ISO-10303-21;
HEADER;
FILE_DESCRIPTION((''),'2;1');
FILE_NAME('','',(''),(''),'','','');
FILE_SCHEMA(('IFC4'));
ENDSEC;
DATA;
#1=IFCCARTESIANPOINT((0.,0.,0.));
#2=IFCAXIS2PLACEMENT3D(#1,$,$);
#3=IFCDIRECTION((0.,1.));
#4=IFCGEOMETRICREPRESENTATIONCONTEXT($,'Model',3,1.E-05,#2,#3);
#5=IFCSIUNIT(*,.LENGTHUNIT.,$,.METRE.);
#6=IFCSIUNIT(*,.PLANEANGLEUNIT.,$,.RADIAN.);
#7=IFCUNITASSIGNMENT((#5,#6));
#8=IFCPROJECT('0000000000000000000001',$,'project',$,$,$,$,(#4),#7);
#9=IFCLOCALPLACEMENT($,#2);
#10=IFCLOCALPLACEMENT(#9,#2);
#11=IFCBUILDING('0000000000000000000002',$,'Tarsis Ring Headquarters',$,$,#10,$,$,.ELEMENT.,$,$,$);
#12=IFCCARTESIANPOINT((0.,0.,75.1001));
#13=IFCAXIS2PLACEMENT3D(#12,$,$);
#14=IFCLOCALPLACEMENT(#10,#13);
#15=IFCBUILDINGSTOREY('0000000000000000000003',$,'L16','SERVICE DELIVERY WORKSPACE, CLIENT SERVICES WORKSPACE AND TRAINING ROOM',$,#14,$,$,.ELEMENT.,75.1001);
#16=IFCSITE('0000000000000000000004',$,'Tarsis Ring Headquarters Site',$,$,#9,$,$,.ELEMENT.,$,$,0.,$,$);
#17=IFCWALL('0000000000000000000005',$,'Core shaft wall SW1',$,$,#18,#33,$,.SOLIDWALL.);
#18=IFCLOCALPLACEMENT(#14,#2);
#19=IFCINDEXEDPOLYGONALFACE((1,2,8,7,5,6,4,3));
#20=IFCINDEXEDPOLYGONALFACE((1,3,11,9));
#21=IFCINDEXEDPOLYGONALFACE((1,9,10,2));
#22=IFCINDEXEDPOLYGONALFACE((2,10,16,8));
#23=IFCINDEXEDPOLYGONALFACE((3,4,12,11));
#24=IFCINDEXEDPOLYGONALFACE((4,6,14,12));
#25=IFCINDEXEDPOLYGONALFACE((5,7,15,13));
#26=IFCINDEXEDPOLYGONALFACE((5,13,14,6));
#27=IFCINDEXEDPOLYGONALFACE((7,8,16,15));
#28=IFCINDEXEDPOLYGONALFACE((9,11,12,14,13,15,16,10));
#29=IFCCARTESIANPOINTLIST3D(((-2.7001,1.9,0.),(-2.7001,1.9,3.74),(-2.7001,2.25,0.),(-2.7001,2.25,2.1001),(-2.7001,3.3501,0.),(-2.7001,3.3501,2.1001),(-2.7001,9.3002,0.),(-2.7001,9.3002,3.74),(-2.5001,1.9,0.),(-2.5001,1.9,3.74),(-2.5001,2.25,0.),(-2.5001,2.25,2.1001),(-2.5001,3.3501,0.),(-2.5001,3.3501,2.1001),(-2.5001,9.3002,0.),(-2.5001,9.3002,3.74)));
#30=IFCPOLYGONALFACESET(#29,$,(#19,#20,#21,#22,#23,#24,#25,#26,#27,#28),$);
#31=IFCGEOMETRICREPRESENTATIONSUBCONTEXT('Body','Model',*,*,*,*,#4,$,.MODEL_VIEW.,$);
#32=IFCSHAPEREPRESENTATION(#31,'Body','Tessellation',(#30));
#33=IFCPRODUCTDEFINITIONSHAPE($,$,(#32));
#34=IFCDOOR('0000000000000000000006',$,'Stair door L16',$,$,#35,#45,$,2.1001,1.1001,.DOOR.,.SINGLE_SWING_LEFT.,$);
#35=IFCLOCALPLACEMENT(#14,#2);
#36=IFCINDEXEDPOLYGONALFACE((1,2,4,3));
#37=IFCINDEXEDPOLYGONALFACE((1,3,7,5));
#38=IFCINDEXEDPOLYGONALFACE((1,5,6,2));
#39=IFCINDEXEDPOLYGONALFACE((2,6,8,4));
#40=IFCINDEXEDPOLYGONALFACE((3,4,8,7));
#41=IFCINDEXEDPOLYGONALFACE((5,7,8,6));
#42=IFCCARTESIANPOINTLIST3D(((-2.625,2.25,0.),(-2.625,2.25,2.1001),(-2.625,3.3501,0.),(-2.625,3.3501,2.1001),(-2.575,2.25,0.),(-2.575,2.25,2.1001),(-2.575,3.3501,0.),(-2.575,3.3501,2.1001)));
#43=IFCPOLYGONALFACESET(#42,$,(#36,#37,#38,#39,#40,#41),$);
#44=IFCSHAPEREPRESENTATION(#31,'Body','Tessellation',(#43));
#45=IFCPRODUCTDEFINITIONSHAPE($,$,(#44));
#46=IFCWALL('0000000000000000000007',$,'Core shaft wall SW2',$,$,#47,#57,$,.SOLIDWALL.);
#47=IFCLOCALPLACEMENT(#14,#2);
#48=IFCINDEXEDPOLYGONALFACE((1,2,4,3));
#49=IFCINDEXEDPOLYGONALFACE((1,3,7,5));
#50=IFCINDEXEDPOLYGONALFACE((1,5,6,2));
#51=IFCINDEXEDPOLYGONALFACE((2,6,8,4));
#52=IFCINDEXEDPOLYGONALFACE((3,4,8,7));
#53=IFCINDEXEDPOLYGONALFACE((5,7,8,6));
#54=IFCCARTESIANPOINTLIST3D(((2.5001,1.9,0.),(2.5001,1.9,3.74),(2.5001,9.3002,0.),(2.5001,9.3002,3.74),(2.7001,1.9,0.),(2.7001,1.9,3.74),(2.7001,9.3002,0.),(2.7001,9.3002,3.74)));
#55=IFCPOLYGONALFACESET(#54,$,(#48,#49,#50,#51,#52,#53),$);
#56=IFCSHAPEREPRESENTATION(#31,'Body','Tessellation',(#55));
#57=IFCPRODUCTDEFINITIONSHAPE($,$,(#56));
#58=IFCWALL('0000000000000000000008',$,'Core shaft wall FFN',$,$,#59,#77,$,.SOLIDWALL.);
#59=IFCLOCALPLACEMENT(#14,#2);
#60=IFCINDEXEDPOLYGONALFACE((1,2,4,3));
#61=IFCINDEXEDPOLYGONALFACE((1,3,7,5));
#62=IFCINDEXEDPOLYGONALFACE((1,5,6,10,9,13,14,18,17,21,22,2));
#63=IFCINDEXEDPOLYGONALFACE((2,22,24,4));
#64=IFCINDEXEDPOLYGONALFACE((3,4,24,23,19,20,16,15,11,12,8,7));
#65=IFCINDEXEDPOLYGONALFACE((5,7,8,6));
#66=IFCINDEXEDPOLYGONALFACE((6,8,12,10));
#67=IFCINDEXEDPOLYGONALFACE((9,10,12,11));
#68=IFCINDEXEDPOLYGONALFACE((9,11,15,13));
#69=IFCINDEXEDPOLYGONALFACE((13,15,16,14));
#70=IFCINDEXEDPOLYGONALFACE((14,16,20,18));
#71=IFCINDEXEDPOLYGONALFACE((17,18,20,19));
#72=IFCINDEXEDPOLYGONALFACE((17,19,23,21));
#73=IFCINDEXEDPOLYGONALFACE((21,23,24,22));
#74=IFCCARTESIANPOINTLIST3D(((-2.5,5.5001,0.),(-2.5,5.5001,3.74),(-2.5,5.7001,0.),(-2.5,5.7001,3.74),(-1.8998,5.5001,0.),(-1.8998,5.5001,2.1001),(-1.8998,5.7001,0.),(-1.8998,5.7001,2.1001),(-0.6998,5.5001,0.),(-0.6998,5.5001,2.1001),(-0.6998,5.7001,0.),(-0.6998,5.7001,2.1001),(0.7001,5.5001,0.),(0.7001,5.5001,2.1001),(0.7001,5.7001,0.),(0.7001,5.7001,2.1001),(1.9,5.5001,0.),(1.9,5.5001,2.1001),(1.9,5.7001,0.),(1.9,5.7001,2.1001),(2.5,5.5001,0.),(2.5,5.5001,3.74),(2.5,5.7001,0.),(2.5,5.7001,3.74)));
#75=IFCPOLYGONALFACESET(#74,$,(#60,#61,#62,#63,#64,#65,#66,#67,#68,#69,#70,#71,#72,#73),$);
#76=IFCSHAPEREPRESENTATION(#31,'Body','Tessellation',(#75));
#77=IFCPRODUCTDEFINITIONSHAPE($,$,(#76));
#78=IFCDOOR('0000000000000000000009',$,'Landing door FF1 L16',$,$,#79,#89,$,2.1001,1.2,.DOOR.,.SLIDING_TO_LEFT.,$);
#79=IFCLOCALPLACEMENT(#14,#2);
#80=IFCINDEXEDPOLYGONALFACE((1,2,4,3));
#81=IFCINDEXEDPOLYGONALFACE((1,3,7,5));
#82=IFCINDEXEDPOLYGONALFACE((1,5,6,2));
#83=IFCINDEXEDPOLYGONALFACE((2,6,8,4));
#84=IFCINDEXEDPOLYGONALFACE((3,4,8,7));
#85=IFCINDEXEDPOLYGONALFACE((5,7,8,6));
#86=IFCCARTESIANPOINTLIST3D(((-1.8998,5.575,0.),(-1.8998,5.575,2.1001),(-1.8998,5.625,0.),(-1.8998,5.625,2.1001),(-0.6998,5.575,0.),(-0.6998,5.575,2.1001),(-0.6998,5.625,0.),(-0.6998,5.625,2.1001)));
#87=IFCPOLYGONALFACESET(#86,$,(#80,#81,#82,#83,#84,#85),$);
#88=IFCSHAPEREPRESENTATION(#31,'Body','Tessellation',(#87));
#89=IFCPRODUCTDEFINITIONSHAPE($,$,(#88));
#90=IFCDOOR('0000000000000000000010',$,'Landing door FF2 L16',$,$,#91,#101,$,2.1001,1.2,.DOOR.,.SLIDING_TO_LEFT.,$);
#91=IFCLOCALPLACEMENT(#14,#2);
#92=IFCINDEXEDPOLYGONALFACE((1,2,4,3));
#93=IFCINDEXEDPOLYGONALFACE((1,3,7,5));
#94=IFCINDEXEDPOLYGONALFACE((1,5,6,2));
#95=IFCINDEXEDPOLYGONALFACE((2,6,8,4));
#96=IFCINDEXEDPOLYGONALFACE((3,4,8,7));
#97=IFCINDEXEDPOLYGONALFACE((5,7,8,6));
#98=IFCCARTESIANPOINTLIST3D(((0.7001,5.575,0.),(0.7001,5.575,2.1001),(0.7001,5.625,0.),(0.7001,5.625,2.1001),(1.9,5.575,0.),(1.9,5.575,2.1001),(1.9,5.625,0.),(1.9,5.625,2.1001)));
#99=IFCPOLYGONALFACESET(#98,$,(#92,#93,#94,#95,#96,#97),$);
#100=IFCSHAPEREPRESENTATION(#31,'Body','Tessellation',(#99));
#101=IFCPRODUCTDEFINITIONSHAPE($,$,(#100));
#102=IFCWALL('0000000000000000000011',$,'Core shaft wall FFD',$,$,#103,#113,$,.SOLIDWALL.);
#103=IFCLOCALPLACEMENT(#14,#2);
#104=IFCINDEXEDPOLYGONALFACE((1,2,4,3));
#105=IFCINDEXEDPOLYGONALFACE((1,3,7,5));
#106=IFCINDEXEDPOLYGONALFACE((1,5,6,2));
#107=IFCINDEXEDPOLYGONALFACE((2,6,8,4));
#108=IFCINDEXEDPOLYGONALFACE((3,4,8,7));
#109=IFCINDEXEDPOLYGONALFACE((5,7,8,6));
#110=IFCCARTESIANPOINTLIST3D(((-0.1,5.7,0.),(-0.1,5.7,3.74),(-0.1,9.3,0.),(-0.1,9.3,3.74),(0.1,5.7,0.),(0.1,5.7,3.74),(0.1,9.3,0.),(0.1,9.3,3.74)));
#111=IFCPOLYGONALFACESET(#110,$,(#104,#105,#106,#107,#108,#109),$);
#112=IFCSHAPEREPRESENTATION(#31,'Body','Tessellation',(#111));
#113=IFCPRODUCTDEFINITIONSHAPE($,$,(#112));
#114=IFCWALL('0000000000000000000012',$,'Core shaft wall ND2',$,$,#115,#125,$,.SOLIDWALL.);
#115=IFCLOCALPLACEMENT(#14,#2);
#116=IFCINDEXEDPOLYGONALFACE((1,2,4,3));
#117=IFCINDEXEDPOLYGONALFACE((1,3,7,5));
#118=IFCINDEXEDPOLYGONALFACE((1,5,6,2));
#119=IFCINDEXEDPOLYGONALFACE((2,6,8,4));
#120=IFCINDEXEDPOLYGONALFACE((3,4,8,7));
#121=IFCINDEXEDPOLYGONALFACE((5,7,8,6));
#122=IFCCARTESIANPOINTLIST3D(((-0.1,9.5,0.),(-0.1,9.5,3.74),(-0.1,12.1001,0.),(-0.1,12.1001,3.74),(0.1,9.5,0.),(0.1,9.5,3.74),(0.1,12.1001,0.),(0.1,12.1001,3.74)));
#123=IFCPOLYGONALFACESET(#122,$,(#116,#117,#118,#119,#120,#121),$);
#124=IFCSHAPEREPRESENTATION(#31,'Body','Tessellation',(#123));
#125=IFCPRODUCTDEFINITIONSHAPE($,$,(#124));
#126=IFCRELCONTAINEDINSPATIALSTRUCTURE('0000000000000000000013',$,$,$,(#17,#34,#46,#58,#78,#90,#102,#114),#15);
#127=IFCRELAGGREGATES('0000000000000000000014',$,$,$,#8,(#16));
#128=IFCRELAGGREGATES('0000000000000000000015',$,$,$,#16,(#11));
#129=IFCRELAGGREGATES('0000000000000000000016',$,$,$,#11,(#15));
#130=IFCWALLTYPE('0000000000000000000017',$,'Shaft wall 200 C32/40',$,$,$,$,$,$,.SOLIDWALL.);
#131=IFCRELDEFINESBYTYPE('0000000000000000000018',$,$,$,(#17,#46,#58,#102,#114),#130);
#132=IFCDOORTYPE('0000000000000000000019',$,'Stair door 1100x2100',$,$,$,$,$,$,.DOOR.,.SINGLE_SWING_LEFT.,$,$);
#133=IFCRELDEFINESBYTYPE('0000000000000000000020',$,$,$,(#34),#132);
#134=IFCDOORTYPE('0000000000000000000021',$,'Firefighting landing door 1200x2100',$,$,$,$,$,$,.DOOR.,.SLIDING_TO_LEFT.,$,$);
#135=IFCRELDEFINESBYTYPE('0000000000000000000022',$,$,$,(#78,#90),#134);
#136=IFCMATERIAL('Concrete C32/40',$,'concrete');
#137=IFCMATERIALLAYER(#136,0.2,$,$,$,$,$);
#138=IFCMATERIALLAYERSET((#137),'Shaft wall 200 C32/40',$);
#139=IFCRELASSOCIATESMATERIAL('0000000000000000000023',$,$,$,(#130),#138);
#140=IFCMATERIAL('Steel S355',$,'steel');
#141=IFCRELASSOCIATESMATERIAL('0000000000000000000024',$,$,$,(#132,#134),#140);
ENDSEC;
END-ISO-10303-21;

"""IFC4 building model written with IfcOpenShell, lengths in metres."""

from ifc_helpers import new_model, si_unit, direction, frame, frame_2d, origin, place, context, subcontext, project, spatial, rectangle, extrude, material, layer, layer_set, type_object, element, fill, save


model = new_model("IFC4")

# Units and contexts
model_context = context("Model", 3, precision=1e-05, world=origin(), true_north=direction((0.0, 1.0)))
body_context = subcontext(model_context, "Body", "Model", "MODEL_VIEW")
ifc_project = project(units=[si_unit("LENGTHUNIT", "METRE"), si_unit("PLANEANGLEUNIT", "RADIAN")], contexts=[model_context])

# Site, building, storey
site_placement = place(None, origin())
site = spatial("IfcSite", under=ifc_project, at=site_placement, Name="Tarsis Ring Headquarters Site", CompositionType="ELEMENT", RefElevation=0.0)
building_placement = place(site_placement, origin())
building = spatial("IfcBuilding", under=site, at=building_placement, Name="Tarsis Ring Headquarters", CompositionType="ELEMENT")
storey_placement = place(building_placement, frame((0.0, 0.0, 75.1001)))
storey = spatial("IfcBuildingStorey", under=building, at=storey_placement, Name="L16", Description="SERVICE DELIVERY WORKSPACE, CLIENT SERVICES WORKSPACE AND TRAINING ROOM", CompositionType="ELEMENT", Elevation=75.1001)

# Shared definitions
ifc_material_1 = material(Name="Concrete C32/40", Category="concrete")
ifc_layer_1 = layer(ifc_material_1, 0.2)
ifc_layer_set_1 = layer_set([ifc_layer_1], Name="Shaft wall 200 C32/40")
wall_type_1 = type_object("IfcWallType", Name="Shaft wall 200 C32/40", PredefinedType="SOLIDWALL", material=ifc_layer_set_1)

# Wall, opening, door
wall_1_placement = place(storey_placement, frame((-2.6001, 1.8999, 0.0), z_axis=(0.0, 0.0, 1.0), x_axis=(0.0, 1.0, 0.0)))
wall_1 = element("IfcWall", 1, at=wall_1_placement, inside=storey, type_object=wall_type_1, Name="Core shaft wall SW1", PredefinedType="SOLIDWALL", context=body_context, shape_type="SweptSolid", body=[
    extrude(rectangle(XDim=7.4001, YDim=0.2, at=frame_2d((3.7002, 0.0))), origin(), (0.0, 0.0, 1.0), 3.74),
])
opening_1_placement = place(wall_1_placement, frame((0.3501, 0.0, 0.0)))
opening_1 = element("IfcOpeningElement", 2, at=opening_1_placement, cuts=wall_1, PredefinedType="OPENING", context=body_context, shape_type="SweptSolid", body=[
    extrude(rectangle(XDim=1.1001, YDim=2.1001, at=frame_2d((0.55, 1.05))), frame((0.0, 0.1099, 0.0), z_axis=(0.0, -1.0, 0.0), x_axis=(1.0, 0.0, 0.0)), (0.0, 0.0, 1.0), 0.22),
])
ifc_material_2 = material(Name="Steel S355", Category="steel")
door_type_1 = type_object("IfcDoorType", Name="Stair door 1100x2100", OperationType="SINGLE_SWING_LEFT", PredefinedType="DOOR", material=ifc_material_2)
door_1_placement = place(opening_1_placement, origin())
door_1 = element("IfcDoor", 3, at=door_1_placement, inside=storey, type_object=door_type_1, Name="Stair door L16", OperationType="SINGLE_SWING_LEFT", OverallHeight=2.1001, OverallWidth=1.1001, PredefinedType="DOOR", context=body_context, shape_type="SweptSolid", body=[
    extrude(rectangle(XDim=1.1001, YDim=2.1001, at=frame_2d((0.55, 1.05))), frame((0.0, 0.0249, 0.0), z_axis=(0.0, -1.0, 0.0), x_axis=(1.0, 0.0, 0.0)), (0.0, 0.0, 1.0), 0.05),
])
fill(opening_1, door_1)

# Wall
wall_2_placement = place(storey_placement, frame((2.6001, 1.8999, 0.0), z_axis=(0.0, 0.0, 1.0), x_axis=(0.0, 1.0, 0.0)))
element("IfcWall", 4, at=wall_2_placement, inside=storey, type_object=wall_type_1, Name="Core shaft wall SW2", PredefinedType="SOLIDWALL", context=body_context, shape_type="SweptSolid", body=[
    extrude(rectangle(XDim=7.4001, YDim=0.2, at=frame_2d((3.7002, 0.0))), origin(), (0.0, 0.0, 1.0), 3.74),
])

# Wall, openings, doors
wall_3_placement = place(storey_placement, frame((-2.5, 5.6001, 0.0), z_axis=(0.0, 0.0, 1.0), x_axis=(1.0, 0.0, 0.0)))
wall_3 = element("IfcWall", 5, at=wall_3_placement, inside=storey, type_object=wall_type_1, Name="Core shaft wall FFN", PredefinedType="SOLIDWALL", context=body_context, shape_type="SweptSolid", body=[
    extrude(rectangle(XDim=5.0, YDim=0.2, at=frame_2d((2.5, 0.0))), origin(), (0.0, 0.0, 1.0), 3.74),
])
opening_2_placement = place(wall_3_placement, frame((0.6001, 0.0, 0.0)))
opening_2 = element("IfcOpeningElement", 6, at=opening_2_placement, cuts=wall_3, PredefinedType="OPENING", context=body_context, shape_type="SweptSolid", body=[
    extrude(rectangle(XDim=1.2, YDim=2.1001, at=frame_2d((0.6001, 1.05))), frame((0.0, 0.1099, 0.0), z_axis=(0.0, -1.0, 0.0), x_axis=(1.0, 0.0, 0.0)), (0.0, 0.0, 1.0), 0.22),
])
opening_3_placement = place(wall_3_placement, frame((3.2, 0.0, 0.0)))
opening_3 = element("IfcOpeningElement", 7, at=opening_3_placement, cuts=wall_3, PredefinedType="OPENING", context=body_context, shape_type="SweptSolid", body=[
    extrude(rectangle(XDim=1.2, YDim=2.1001, at=frame_2d((0.6001, 1.05))), frame((0.0, 0.1099, 0.0), z_axis=(0.0, -1.0, 0.0), x_axis=(1.0, 0.0, 0.0)), (0.0, 0.0, 1.0), 0.22),
])
door_type_2 = type_object("IfcDoorType", Name="Firefighting landing door 1200x2100", OperationType="SLIDING_TO_LEFT", PredefinedType="DOOR", material=ifc_material_2)
door_2_placement = place(opening_2_placement, origin())
door_2 = element("IfcDoor", 8, at=door_2_placement, inside=storey, type_object=door_type_2, Name="Landing door FF1 L16", OperationType="SLIDING_TO_LEFT", OverallHeight=2.1001, OverallWidth=1.2, PredefinedType="DOOR", context=body_context, shape_type="SweptSolid", body=[
    extrude(rectangle(XDim=1.2, YDim=2.1001, at=frame_2d((0.6001, 1.05))), frame((0.0, 0.0249, 0.0), z_axis=(0.0, -1.0, 0.0), x_axis=(1.0, 0.0, 0.0)), (0.0, 0.0, 1.0), 0.05),
])
fill(opening_2, door_2)
door_3_placement = place(opening_3_placement, origin())
door_3 = element("IfcDoor", 9, at=door_3_placement, inside=storey, type_object=door_type_2, Name="Landing door FF2 L16", OperationType="SLIDING_TO_LEFT", OverallHeight=2.1001, OverallWidth=1.2, PredefinedType="DOOR", context=body_context, shape_type="SweptSolid", body=[
    extrude(rectangle(XDim=1.2, YDim=2.1001, at=frame_2d((0.6001, 1.05))), frame((0.0, 0.0249, 0.0), z_axis=(0.0, -1.0, 0.0), x_axis=(1.0, 0.0, 0.0)), (0.0, 0.0, 1.0), 0.05),
])
fill(opening_3, door_3)

# Walls
wall_4_placement = place(storey_placement, frame((0.0, 5.7, 0.0), z_axis=(0.0, 0.0, 1.0), x_axis=(0.0, 1.0, 0.0)))
element("IfcWall", 10, at=wall_4_placement, inside=storey, type_object=wall_type_1, Name="Core shaft wall FFD", PredefinedType="SOLIDWALL", context=body_context, shape_type="SweptSolid", body=[
    extrude(rectangle(XDim=3.6001, YDim=0.2, at=frame_2d((1.8, 0.0))), origin(), (0.0, 0.0, 1.0), 3.74),
])
wall_5_placement = place(storey_placement, frame((0.0, 9.5, 0.0), z_axis=(0.0, 0.0, 1.0), x_axis=(0.0, 1.0, 0.0)))
element("IfcWall", 11, at=wall_5_placement, inside=storey, type_object=wall_type_1, Name="Core shaft wall ND2", PredefinedType="SOLIDWALL", context=body_context, shape_type="SweptSolid", body=[
    extrude(rectangle(XDim=2.6001, YDim=0.2, at=frame_2d((1.3, 0.0))), origin(), (0.0, 0.0, 1.0), 3.74),
])

save(model, "model.ifc")
